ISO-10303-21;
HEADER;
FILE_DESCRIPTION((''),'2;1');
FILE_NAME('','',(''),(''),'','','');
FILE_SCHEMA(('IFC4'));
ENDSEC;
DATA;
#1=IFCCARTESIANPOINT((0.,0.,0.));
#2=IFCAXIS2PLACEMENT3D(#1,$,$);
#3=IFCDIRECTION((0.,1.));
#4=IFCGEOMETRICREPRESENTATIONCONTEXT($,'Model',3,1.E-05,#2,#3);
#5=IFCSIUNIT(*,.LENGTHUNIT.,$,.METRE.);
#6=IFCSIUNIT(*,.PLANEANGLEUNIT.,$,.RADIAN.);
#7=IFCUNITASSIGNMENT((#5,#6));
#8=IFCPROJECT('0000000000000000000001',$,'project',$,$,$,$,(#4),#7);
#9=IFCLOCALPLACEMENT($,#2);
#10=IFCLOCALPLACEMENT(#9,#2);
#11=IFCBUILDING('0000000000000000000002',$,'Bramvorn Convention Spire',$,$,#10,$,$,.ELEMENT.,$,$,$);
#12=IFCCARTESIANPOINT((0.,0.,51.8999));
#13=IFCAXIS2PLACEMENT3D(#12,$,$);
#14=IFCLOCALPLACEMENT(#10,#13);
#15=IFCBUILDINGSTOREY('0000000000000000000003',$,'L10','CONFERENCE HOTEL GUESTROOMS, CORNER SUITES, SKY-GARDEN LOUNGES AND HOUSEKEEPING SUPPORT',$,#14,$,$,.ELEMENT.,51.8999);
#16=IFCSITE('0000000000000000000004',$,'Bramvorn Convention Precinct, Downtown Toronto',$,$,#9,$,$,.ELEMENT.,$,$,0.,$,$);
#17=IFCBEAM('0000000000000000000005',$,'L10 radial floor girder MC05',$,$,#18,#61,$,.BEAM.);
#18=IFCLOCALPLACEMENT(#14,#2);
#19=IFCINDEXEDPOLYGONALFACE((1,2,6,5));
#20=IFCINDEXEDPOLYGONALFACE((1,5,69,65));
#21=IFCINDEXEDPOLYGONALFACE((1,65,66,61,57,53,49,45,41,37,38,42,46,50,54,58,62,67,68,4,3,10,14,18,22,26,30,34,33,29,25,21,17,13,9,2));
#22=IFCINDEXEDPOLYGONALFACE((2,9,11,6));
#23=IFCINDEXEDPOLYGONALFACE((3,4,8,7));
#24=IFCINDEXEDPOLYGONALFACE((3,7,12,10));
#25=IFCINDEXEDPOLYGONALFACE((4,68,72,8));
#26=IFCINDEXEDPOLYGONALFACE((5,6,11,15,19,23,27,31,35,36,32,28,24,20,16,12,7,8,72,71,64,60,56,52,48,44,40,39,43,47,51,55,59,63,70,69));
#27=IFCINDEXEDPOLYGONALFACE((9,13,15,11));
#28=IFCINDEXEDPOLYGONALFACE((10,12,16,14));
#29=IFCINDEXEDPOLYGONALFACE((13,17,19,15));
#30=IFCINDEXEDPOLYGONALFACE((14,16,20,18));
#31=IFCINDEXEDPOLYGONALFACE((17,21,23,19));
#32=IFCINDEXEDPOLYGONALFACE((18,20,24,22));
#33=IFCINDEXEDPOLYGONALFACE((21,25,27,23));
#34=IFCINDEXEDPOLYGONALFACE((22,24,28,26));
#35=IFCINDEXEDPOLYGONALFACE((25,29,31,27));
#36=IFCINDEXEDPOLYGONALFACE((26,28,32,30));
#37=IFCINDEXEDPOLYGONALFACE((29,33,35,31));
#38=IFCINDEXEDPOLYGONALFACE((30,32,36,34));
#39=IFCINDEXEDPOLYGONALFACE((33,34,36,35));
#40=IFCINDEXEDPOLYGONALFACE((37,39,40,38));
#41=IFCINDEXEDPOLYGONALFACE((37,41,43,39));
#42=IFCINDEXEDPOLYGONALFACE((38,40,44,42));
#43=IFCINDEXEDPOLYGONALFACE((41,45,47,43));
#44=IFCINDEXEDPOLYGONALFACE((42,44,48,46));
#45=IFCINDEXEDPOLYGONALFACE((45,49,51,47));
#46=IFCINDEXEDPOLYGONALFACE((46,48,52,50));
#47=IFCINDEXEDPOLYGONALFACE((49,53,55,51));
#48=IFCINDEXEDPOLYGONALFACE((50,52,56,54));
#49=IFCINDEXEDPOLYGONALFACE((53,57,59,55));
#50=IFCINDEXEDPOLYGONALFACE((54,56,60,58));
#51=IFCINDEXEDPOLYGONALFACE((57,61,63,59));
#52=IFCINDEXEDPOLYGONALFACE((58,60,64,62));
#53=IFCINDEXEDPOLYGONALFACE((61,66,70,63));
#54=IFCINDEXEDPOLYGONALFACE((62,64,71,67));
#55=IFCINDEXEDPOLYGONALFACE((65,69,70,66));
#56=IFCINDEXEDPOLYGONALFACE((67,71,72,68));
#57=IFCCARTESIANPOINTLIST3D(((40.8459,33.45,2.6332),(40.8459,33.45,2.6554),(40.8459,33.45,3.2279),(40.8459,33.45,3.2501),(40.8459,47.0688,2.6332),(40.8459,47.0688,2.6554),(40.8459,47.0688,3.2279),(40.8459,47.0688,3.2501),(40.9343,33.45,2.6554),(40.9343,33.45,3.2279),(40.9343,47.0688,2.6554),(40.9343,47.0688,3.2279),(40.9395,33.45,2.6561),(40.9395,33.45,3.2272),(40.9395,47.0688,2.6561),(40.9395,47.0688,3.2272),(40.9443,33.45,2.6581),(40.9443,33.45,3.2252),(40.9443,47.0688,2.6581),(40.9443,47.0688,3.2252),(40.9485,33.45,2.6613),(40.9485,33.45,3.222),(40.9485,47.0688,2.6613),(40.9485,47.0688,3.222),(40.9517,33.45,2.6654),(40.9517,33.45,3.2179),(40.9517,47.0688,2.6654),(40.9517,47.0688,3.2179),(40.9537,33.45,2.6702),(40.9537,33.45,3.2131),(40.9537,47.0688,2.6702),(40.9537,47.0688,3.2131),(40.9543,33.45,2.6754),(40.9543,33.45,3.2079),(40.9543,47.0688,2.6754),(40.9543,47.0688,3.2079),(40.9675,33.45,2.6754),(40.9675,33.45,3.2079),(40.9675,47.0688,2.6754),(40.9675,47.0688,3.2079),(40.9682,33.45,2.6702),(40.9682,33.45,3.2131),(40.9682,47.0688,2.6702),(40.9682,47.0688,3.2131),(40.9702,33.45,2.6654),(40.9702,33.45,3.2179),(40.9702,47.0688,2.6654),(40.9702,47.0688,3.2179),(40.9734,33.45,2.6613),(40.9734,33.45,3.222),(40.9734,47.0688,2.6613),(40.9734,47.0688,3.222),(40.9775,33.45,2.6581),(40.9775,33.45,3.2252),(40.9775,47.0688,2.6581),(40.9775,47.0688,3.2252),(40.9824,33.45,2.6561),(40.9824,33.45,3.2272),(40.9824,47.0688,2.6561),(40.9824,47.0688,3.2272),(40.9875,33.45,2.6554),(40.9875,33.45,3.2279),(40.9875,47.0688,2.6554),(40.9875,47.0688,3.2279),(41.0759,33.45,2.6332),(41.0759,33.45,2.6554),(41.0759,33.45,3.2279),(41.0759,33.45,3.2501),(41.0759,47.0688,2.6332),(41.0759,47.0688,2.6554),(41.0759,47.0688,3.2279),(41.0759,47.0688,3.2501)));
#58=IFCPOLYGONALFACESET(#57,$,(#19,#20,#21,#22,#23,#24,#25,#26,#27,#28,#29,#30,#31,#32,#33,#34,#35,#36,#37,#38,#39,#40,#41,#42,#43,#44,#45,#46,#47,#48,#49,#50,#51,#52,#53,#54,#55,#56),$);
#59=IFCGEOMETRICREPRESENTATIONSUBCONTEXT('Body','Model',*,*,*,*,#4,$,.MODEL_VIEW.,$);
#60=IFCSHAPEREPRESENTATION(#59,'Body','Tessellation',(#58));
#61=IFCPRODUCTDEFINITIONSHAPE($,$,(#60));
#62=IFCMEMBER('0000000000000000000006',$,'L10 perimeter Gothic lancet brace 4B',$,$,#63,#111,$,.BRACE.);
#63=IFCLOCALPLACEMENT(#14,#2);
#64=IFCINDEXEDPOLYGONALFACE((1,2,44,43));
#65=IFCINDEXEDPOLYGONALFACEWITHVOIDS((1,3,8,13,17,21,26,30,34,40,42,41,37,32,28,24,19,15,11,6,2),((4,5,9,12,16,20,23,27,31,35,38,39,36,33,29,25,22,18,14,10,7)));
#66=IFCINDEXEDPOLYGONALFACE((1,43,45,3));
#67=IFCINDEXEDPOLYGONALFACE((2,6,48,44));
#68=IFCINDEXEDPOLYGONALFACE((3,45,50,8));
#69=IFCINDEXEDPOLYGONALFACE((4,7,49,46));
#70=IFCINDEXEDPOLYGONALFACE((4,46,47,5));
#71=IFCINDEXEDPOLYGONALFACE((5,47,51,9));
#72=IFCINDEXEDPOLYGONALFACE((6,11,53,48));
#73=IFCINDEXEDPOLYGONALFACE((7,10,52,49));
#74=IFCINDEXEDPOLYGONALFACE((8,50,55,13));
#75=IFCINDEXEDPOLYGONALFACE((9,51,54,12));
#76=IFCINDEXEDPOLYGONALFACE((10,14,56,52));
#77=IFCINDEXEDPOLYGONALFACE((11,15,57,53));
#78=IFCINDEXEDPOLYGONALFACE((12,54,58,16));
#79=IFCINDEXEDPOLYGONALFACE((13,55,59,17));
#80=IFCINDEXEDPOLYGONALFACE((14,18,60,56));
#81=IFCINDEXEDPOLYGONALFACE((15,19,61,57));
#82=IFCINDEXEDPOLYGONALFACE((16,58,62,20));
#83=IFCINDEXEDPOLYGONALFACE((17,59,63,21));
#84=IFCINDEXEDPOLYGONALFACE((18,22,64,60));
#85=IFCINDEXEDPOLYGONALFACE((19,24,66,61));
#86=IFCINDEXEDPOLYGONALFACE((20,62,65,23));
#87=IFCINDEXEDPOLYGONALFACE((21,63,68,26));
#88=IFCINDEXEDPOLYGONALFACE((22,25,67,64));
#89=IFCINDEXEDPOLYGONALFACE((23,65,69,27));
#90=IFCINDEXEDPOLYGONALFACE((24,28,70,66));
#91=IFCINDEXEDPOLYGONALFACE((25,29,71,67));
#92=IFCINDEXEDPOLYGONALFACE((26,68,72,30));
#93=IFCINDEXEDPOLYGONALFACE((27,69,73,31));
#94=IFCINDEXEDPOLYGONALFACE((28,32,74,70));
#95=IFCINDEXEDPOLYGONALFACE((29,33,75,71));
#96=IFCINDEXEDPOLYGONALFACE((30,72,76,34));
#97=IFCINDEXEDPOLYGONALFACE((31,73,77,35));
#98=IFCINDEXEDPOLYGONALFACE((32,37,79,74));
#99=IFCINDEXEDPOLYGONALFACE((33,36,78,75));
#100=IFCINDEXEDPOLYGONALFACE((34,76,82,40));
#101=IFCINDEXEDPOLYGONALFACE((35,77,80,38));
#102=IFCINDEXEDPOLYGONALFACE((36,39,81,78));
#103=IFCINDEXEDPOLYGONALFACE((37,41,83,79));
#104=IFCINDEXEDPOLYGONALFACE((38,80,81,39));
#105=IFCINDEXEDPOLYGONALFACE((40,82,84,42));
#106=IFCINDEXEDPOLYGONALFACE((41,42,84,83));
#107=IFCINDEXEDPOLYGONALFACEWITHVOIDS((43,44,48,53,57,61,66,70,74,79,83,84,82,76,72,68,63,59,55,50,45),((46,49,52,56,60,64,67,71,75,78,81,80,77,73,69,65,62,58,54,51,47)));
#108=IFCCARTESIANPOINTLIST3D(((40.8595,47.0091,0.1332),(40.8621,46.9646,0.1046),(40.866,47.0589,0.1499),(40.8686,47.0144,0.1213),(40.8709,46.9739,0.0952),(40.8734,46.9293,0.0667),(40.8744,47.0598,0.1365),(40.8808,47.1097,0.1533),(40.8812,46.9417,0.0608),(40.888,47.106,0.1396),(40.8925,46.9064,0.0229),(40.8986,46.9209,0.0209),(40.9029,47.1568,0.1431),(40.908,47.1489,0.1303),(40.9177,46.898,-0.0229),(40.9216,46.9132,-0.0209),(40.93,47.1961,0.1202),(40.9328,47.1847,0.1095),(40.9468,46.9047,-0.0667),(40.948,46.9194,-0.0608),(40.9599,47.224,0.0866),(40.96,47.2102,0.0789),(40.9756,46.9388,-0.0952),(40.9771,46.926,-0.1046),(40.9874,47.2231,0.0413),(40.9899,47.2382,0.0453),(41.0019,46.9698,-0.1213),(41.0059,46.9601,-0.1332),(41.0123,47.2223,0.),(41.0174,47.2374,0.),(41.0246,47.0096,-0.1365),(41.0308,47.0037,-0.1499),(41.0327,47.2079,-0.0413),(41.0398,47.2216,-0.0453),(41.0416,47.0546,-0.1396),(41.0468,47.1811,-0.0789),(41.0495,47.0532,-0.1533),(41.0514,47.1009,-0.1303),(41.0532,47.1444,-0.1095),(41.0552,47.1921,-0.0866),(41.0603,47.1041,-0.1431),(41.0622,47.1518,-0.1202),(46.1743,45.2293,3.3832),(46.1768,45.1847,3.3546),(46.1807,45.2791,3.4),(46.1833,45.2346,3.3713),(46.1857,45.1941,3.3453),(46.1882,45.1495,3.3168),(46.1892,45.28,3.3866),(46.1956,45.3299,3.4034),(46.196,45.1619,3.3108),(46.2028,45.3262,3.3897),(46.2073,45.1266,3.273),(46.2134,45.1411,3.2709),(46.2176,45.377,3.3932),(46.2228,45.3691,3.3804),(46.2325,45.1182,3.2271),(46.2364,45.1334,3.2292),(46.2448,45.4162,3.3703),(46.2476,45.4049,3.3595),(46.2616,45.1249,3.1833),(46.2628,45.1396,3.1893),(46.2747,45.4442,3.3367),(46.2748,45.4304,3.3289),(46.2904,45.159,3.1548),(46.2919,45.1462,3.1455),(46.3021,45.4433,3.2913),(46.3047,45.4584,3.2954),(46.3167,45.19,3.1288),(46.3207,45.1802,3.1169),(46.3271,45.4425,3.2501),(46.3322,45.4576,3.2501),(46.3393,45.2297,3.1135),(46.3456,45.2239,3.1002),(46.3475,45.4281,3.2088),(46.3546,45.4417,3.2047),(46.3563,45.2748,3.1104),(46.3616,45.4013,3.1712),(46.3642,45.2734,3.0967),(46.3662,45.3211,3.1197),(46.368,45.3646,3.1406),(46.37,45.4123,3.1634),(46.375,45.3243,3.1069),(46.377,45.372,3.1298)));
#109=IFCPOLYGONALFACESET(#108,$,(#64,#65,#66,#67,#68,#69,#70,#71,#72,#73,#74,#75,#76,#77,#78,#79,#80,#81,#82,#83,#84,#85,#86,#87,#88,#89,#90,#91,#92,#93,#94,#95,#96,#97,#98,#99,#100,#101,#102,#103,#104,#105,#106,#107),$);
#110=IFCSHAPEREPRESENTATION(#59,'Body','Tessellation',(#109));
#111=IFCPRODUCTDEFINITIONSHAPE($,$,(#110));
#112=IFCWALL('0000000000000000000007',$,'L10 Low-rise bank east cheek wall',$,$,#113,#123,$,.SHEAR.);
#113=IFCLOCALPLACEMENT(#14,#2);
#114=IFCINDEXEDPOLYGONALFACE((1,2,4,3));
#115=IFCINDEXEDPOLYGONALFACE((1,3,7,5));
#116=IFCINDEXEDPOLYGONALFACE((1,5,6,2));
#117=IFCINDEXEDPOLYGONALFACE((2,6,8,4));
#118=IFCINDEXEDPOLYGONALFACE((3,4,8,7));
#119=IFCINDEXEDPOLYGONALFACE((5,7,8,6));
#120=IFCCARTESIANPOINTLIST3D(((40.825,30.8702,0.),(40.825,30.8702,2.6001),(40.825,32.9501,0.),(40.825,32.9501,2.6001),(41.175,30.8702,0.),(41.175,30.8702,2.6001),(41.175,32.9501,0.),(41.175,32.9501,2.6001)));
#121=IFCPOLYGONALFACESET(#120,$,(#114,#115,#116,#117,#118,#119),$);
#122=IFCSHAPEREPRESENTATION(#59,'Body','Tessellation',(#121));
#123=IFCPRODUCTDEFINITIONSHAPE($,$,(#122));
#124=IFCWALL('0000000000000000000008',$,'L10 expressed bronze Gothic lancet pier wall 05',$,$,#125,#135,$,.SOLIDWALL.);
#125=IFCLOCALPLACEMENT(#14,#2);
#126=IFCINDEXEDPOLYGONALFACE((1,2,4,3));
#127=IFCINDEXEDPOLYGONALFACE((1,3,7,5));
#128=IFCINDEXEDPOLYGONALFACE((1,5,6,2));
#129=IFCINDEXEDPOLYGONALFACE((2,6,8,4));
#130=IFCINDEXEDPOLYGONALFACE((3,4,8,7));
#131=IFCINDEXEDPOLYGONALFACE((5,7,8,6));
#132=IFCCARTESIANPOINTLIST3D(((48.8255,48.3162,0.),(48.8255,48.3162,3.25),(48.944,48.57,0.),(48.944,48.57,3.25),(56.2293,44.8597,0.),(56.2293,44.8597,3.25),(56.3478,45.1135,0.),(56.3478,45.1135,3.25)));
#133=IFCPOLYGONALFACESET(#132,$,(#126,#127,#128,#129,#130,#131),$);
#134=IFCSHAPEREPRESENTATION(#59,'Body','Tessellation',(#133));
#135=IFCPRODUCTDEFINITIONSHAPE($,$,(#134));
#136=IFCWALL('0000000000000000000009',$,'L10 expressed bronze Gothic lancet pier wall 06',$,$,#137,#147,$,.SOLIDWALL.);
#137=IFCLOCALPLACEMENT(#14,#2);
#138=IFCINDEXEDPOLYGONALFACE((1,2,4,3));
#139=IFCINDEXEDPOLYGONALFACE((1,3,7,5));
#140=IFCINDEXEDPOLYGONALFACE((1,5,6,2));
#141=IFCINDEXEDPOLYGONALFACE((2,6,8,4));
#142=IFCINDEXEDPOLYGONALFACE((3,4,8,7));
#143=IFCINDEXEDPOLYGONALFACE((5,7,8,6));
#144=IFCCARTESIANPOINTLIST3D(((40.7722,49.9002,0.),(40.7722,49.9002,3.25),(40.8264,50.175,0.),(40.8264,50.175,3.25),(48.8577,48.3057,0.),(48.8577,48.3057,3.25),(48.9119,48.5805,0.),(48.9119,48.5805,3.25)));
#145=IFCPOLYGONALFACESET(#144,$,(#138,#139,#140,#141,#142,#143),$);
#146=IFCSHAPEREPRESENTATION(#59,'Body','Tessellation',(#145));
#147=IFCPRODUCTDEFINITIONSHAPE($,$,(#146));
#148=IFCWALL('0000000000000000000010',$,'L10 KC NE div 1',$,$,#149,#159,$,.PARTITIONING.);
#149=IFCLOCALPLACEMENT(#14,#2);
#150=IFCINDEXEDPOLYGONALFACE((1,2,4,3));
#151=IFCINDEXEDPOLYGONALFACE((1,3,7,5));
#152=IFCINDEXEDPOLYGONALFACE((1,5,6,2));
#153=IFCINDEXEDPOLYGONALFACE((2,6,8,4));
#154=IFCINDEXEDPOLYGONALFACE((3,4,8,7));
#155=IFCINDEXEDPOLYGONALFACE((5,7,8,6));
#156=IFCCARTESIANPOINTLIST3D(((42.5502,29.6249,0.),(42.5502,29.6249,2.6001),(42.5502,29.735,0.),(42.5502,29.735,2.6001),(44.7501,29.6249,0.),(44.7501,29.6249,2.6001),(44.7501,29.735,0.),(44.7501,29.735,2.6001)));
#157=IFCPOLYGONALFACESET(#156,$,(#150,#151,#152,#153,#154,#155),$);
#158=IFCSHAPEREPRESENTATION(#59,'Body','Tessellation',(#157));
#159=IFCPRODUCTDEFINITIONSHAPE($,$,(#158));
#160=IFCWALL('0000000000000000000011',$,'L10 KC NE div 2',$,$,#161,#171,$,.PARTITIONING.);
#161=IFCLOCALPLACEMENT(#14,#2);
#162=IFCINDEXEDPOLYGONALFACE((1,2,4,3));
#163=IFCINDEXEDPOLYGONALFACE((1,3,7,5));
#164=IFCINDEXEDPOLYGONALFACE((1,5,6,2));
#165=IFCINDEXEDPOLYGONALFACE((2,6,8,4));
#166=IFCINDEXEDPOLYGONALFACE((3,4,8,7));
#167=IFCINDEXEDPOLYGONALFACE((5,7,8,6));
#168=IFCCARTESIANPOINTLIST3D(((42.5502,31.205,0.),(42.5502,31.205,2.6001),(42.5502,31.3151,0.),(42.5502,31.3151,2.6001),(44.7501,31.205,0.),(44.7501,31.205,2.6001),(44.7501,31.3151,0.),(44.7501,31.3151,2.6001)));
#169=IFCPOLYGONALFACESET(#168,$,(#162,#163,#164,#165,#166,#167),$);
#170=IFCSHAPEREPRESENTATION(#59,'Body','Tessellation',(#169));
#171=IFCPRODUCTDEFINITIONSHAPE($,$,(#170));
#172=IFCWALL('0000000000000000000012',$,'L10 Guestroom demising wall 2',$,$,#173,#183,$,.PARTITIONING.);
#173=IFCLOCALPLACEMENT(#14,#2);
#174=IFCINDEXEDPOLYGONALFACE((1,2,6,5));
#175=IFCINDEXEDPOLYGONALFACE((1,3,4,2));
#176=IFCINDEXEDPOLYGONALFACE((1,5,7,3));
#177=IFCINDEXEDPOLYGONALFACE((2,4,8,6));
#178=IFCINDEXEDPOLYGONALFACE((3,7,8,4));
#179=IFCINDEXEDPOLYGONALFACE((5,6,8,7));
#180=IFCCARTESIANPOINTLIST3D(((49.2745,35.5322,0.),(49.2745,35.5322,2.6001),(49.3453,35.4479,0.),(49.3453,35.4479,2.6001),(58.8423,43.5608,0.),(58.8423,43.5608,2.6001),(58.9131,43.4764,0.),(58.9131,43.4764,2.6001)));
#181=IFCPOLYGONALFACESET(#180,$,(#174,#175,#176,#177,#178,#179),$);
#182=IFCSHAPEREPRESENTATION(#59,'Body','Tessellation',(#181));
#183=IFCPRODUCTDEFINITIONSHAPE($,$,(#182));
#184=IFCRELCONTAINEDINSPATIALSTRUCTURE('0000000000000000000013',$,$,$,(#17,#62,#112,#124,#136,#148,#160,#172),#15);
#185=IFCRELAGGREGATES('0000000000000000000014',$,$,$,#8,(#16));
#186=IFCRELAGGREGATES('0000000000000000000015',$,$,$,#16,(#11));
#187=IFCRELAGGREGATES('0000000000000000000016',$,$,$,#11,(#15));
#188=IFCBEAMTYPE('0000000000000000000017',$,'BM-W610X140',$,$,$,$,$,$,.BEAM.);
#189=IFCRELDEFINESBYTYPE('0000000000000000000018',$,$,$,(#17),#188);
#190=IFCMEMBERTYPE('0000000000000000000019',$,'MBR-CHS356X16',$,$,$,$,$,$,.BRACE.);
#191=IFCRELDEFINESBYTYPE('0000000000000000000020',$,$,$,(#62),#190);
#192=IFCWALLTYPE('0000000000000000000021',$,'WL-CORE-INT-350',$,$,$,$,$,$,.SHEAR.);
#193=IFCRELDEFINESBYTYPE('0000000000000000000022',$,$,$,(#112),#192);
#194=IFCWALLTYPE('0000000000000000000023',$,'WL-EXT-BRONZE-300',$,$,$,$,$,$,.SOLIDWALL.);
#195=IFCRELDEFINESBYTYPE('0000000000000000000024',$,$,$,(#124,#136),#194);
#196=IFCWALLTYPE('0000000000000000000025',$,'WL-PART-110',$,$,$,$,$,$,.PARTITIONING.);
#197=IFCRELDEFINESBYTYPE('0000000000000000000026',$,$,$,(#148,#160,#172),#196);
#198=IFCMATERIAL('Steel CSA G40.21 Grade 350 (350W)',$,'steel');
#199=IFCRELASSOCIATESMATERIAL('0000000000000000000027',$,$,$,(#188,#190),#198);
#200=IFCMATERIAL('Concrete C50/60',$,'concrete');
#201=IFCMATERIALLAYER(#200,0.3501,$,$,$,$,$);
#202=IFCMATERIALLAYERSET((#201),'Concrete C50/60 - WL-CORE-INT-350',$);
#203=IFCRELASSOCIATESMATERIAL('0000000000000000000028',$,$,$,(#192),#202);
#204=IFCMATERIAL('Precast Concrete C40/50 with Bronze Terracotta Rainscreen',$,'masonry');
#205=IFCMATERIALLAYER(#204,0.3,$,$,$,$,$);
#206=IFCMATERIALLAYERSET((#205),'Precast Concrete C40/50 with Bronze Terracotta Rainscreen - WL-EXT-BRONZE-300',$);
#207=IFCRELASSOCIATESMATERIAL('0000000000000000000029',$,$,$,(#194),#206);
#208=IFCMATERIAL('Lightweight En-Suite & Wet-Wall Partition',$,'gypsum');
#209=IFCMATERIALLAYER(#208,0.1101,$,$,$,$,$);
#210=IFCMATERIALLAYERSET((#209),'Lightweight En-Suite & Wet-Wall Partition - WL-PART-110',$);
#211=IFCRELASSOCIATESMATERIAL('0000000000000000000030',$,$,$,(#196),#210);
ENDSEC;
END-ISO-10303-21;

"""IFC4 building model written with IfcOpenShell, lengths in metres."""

from ifc_helpers import new_model, si_unit, direction, frame, frame_2d, origin, origin_2d, place, context, subcontext, project, spatial, rectangle, hollow_circle, i_section, extrude, material, layer, layer_set, material_profile, profile_set, type_object, element, save


model = new_model("IFC4")

# Units and contexts
model_context = context("Model", 3, precision=1e-05, world=origin(), true_north=direction((0.0, 1.0)))
body_context = subcontext(model_context, "Body", "Model", "MODEL_VIEW")
ifc_project = project(units=[si_unit("LENGTHUNIT", "METRE"), si_unit("PLANEANGLEUNIT", "RADIAN")], contexts=[model_context])

# Site, building, storey
site_placement = place(None, origin())
site = spatial("IfcSite", under=ifc_project, at=site_placement, Name="Bramvorn Convention Precinct, Downtown Toronto", CompositionType="ELEMENT", RefElevation=0.0)
building_placement = place(site_placement, origin())
building = spatial("IfcBuilding", under=site, at=building_placement, Name="Bramvorn Convention Spire", CompositionType="ELEMENT")
storey_placement = place(building_placement, frame((0.0, 0.0, 51.8999)))
storey = spatial("IfcBuildingStorey", under=building, at=storey_placement, Name="L10", Description="CONFERENCE HOTEL GUESTROOMS, CORNER SUITES, SKY-GARDEN LOUNGES AND HOUSEKEEPING SUPPORT", CompositionType="ELEMENT", Elevation=51.8999)

# Shared definitions
ifc_material_1 = material(Name="Steel CSA G40.21 Grade 350 (350W)", Category="steel")

# Beam
ifc_material_profile_1 = material_profile(ifc_material_1, i_section(OverallWidth=0.23, OverallDepth=0.6169, WebThickness=0.0132, FlangeThickness=0.0222, FilletRadius=0.02, at=origin_2d()))
ifc_profile_set_1 = profile_set([ifc_material_profile_1], Name="Steel CSA G40.21 Grade 350 (350W) - W610X140")
beam_type_1 = type_object("IfcBeamType", Name="BM-W610X140", PredefinedType="BEAM", material=ifc_profile_set_1)
beam_1_placement = place(storey_placement, frame((40.9609, 33.45, 2.9417), z_axis=(0.0, 1.0, 0.0), x_axis=(-1.0, 0.0, 0.0)))
element("IfcBeam", 1, at=beam_1_placement, inside=storey, type_object=beam_type_1, Name="L10 radial floor girder MC05", PredefinedType="BEAM", context=body_context, shape_type="SweptSolid", body=[
    extrude(i_section(OverallWidth=0.23, OverallDepth=0.6169, WebThickness=0.0132, FlangeThickness=0.0222, FilletRadius=0.02, at=origin_2d()), origin(), (0.0, 0.0, 1.0), 13.6189),
])

# Member
ifc_material_profile_2 = material_profile(ifc_material_1, hollow_circle(Radius=0.1777, WallThickness=0.0159, at=origin_2d()))
ifc_profile_set_2 = profile_set([ifc_material_profile_2], Name="Steel CSA G40.21 Grade 350 (350W) - CHS356X16")
member_type = type_object("IfcMemberType", Name="MBR-CHS356X16", PredefinedType="BRACE", material=ifc_profile_set_2)
member_placement = place(storey_placement, frame((40.9609, 47.0688, 0.0), z_axis=(0.820309, -0.274705, 0.501628), x_axis=(0.317547, 0.948242, 0.0)))
element("IfcMember", 2, at=member_placement, inside=storey, type_object=member_type, Name="L10 perimeter Gothic lancet brace 4B", PredefinedType="BRACE", context=body_context, shape_type="SweptSolid", body=[
    extrude(hollow_circle(Radius=0.1777, WallThickness=0.0159, at=origin_2d()), origin(), (0.0, 0.0, 1.0), 6.479),
])

# Shared definitions
ifc_material_2 = material(Name="Concrete C50/60", Category="concrete")
ifc_layer_1 = layer(ifc_material_2, 0.3501)
ifc_layer_set_1 = layer_set([ifc_layer_1], Name="Concrete C50/60 - WL-CORE-INT-350")
wall_type_1 = type_object("IfcWallType", Name="WL-CORE-INT-350", PredefinedType="SHEAR", material=ifc_layer_set_1)

# Walls
wall_1_placement = place(storey_placement, frame((41.0, 30.8701, 0.0), z_axis=(0.0, 0.0, 1.0), x_axis=(0.0, 1.0, 0.0)))
element("IfcWall", 3, at=wall_1_placement, inside=storey, type_object=wall_type_1, Name="L10 Low-rise bank east cheek wall", PredefinedType="SHEAR", context=body_context, shape_type="SweptSolid", body=[
    extrude(rectangle(XDim=2.0798, YDim=0.3501, at=frame_2d((1.04, 0.0))), origin(), (0.0, 0.0, 1.0), 2.6001),
])
ifc_material_3 = material(Name="Precast Concrete C40/50 with Bronze Terracotta Rainscreen", Category="masonry")
ifc_layer_2 = layer(ifc_material_3, 0.3)
ifc_layer_set_2 = layer_set([ifc_layer_2], Name="Precast Concrete C40/50 with Bronze Terracotta Rainscreen - WL-EXT-BRONZE-300")
wall_type_2 = type_object("IfcWallType", Name="WL-EXT-BRONZE-300", PredefinedType="SOLIDWALL", material=ifc_layer_set_2)
wall_2_placement = place(storey_placement, frame((48.8848, 48.4431, 0.0), z_axis=(0.0, 0.0, 1.0), x_axis=(0.906116, -0.423029, 0.0)))
element("IfcWall", 4, at=wall_2_placement, inside=storey, type_object=wall_type_2, Name="L10 expressed bronze Gothic lancet pier wall 05", PredefinedType="SOLIDWALL", context=body_context, shape_type="SweptSolid", body=[
    extrude(rectangle(XDim=8.1709, YDim=0.28, at=frame_2d((4.0854, 0.0))), origin(), (0.0, 0.0, 1.0), 3.25),
])
wall_3_placement = place(storey_placement, frame((40.7993, 50.0376, 0.0), z_axis=(0.0, 0.0, 1.0), x_axis=(0.981105, -0.193478, 0.0)))
element("IfcWall", 5, at=wall_3_placement, inside=storey, type_object=wall_type_2, Name="L10 expressed bronze Gothic lancet pier wall 06", PredefinedType="SOLIDWALL", context=body_context, shape_type="SweptSolid", body=[
    extrude(rectangle(XDim=8.2412, YDim=0.28, at=frame_2d((4.1206, 0.0))), origin(), (0.0, 0.0, 1.0), 3.25),
])
ifc_material_4 = material(Name="Lightweight En-Suite & Wet-Wall Partition", Category="gypsum")
ifc_layer_3 = layer(ifc_material_4, 0.1101)
ifc_layer_set_3 = layer_set([ifc_layer_3], Name="Lightweight En-Suite & Wet-Wall Partition - WL-PART-110")
wall_type_3 = type_object("IfcWallType", Name="WL-PART-110", PredefinedType="PARTITIONING", material=ifc_layer_set_3)
for number, where, z_axis, x_axis, name in (
    (6, (42.55, 29.6799, 0.0), (0.0, 0.0, 1.0), (1.0, 0.0, 0.0), "L10 KC NE div 1"),
    (7, (42.55, 31.26, 0.0), (0.0, 0.0, 1.0), (1.0, 0.0, 0.0), "L10 KC NE div 2"),
):
    element("IfcWall", number, at=place(storey_placement, frame(where, z_axis=z_axis, x_axis=x_axis)), inside=storey, type_object=wall_type_3, Name=name, PredefinedType="PARTITIONING", context=body_context, shape_type="SweptSolid", body=[
        extrude(rectangle(XDim=2.2, YDim=0.1101, at=frame_2d((1.1001, 0.0))), origin(), (0.0, 0.0, 1.0), 2.6001),
    ])
wall_4_placement = place(storey_placement, frame((49.3098, 35.49, 0.0), z_axis=(0.0, 0.0, 1.0), x_axis=(0.766038, 0.642795, 0.0)))
element("IfcWall", 8, at=wall_4_placement, inside=storey, type_object=wall_type_3, Name="L10 Guestroom demising wall 2", PredefinedType="PARTITIONING", context=body_context, shape_type="SweptSolid", body=[
    extrude(rectangle(XDim=12.49, YDim=0.1101, at=frame_2d((6.2451, 0.0))), origin(), (0.0, 0.0, 1.0), 2.6001),
])

save(model, "model.ifc")
